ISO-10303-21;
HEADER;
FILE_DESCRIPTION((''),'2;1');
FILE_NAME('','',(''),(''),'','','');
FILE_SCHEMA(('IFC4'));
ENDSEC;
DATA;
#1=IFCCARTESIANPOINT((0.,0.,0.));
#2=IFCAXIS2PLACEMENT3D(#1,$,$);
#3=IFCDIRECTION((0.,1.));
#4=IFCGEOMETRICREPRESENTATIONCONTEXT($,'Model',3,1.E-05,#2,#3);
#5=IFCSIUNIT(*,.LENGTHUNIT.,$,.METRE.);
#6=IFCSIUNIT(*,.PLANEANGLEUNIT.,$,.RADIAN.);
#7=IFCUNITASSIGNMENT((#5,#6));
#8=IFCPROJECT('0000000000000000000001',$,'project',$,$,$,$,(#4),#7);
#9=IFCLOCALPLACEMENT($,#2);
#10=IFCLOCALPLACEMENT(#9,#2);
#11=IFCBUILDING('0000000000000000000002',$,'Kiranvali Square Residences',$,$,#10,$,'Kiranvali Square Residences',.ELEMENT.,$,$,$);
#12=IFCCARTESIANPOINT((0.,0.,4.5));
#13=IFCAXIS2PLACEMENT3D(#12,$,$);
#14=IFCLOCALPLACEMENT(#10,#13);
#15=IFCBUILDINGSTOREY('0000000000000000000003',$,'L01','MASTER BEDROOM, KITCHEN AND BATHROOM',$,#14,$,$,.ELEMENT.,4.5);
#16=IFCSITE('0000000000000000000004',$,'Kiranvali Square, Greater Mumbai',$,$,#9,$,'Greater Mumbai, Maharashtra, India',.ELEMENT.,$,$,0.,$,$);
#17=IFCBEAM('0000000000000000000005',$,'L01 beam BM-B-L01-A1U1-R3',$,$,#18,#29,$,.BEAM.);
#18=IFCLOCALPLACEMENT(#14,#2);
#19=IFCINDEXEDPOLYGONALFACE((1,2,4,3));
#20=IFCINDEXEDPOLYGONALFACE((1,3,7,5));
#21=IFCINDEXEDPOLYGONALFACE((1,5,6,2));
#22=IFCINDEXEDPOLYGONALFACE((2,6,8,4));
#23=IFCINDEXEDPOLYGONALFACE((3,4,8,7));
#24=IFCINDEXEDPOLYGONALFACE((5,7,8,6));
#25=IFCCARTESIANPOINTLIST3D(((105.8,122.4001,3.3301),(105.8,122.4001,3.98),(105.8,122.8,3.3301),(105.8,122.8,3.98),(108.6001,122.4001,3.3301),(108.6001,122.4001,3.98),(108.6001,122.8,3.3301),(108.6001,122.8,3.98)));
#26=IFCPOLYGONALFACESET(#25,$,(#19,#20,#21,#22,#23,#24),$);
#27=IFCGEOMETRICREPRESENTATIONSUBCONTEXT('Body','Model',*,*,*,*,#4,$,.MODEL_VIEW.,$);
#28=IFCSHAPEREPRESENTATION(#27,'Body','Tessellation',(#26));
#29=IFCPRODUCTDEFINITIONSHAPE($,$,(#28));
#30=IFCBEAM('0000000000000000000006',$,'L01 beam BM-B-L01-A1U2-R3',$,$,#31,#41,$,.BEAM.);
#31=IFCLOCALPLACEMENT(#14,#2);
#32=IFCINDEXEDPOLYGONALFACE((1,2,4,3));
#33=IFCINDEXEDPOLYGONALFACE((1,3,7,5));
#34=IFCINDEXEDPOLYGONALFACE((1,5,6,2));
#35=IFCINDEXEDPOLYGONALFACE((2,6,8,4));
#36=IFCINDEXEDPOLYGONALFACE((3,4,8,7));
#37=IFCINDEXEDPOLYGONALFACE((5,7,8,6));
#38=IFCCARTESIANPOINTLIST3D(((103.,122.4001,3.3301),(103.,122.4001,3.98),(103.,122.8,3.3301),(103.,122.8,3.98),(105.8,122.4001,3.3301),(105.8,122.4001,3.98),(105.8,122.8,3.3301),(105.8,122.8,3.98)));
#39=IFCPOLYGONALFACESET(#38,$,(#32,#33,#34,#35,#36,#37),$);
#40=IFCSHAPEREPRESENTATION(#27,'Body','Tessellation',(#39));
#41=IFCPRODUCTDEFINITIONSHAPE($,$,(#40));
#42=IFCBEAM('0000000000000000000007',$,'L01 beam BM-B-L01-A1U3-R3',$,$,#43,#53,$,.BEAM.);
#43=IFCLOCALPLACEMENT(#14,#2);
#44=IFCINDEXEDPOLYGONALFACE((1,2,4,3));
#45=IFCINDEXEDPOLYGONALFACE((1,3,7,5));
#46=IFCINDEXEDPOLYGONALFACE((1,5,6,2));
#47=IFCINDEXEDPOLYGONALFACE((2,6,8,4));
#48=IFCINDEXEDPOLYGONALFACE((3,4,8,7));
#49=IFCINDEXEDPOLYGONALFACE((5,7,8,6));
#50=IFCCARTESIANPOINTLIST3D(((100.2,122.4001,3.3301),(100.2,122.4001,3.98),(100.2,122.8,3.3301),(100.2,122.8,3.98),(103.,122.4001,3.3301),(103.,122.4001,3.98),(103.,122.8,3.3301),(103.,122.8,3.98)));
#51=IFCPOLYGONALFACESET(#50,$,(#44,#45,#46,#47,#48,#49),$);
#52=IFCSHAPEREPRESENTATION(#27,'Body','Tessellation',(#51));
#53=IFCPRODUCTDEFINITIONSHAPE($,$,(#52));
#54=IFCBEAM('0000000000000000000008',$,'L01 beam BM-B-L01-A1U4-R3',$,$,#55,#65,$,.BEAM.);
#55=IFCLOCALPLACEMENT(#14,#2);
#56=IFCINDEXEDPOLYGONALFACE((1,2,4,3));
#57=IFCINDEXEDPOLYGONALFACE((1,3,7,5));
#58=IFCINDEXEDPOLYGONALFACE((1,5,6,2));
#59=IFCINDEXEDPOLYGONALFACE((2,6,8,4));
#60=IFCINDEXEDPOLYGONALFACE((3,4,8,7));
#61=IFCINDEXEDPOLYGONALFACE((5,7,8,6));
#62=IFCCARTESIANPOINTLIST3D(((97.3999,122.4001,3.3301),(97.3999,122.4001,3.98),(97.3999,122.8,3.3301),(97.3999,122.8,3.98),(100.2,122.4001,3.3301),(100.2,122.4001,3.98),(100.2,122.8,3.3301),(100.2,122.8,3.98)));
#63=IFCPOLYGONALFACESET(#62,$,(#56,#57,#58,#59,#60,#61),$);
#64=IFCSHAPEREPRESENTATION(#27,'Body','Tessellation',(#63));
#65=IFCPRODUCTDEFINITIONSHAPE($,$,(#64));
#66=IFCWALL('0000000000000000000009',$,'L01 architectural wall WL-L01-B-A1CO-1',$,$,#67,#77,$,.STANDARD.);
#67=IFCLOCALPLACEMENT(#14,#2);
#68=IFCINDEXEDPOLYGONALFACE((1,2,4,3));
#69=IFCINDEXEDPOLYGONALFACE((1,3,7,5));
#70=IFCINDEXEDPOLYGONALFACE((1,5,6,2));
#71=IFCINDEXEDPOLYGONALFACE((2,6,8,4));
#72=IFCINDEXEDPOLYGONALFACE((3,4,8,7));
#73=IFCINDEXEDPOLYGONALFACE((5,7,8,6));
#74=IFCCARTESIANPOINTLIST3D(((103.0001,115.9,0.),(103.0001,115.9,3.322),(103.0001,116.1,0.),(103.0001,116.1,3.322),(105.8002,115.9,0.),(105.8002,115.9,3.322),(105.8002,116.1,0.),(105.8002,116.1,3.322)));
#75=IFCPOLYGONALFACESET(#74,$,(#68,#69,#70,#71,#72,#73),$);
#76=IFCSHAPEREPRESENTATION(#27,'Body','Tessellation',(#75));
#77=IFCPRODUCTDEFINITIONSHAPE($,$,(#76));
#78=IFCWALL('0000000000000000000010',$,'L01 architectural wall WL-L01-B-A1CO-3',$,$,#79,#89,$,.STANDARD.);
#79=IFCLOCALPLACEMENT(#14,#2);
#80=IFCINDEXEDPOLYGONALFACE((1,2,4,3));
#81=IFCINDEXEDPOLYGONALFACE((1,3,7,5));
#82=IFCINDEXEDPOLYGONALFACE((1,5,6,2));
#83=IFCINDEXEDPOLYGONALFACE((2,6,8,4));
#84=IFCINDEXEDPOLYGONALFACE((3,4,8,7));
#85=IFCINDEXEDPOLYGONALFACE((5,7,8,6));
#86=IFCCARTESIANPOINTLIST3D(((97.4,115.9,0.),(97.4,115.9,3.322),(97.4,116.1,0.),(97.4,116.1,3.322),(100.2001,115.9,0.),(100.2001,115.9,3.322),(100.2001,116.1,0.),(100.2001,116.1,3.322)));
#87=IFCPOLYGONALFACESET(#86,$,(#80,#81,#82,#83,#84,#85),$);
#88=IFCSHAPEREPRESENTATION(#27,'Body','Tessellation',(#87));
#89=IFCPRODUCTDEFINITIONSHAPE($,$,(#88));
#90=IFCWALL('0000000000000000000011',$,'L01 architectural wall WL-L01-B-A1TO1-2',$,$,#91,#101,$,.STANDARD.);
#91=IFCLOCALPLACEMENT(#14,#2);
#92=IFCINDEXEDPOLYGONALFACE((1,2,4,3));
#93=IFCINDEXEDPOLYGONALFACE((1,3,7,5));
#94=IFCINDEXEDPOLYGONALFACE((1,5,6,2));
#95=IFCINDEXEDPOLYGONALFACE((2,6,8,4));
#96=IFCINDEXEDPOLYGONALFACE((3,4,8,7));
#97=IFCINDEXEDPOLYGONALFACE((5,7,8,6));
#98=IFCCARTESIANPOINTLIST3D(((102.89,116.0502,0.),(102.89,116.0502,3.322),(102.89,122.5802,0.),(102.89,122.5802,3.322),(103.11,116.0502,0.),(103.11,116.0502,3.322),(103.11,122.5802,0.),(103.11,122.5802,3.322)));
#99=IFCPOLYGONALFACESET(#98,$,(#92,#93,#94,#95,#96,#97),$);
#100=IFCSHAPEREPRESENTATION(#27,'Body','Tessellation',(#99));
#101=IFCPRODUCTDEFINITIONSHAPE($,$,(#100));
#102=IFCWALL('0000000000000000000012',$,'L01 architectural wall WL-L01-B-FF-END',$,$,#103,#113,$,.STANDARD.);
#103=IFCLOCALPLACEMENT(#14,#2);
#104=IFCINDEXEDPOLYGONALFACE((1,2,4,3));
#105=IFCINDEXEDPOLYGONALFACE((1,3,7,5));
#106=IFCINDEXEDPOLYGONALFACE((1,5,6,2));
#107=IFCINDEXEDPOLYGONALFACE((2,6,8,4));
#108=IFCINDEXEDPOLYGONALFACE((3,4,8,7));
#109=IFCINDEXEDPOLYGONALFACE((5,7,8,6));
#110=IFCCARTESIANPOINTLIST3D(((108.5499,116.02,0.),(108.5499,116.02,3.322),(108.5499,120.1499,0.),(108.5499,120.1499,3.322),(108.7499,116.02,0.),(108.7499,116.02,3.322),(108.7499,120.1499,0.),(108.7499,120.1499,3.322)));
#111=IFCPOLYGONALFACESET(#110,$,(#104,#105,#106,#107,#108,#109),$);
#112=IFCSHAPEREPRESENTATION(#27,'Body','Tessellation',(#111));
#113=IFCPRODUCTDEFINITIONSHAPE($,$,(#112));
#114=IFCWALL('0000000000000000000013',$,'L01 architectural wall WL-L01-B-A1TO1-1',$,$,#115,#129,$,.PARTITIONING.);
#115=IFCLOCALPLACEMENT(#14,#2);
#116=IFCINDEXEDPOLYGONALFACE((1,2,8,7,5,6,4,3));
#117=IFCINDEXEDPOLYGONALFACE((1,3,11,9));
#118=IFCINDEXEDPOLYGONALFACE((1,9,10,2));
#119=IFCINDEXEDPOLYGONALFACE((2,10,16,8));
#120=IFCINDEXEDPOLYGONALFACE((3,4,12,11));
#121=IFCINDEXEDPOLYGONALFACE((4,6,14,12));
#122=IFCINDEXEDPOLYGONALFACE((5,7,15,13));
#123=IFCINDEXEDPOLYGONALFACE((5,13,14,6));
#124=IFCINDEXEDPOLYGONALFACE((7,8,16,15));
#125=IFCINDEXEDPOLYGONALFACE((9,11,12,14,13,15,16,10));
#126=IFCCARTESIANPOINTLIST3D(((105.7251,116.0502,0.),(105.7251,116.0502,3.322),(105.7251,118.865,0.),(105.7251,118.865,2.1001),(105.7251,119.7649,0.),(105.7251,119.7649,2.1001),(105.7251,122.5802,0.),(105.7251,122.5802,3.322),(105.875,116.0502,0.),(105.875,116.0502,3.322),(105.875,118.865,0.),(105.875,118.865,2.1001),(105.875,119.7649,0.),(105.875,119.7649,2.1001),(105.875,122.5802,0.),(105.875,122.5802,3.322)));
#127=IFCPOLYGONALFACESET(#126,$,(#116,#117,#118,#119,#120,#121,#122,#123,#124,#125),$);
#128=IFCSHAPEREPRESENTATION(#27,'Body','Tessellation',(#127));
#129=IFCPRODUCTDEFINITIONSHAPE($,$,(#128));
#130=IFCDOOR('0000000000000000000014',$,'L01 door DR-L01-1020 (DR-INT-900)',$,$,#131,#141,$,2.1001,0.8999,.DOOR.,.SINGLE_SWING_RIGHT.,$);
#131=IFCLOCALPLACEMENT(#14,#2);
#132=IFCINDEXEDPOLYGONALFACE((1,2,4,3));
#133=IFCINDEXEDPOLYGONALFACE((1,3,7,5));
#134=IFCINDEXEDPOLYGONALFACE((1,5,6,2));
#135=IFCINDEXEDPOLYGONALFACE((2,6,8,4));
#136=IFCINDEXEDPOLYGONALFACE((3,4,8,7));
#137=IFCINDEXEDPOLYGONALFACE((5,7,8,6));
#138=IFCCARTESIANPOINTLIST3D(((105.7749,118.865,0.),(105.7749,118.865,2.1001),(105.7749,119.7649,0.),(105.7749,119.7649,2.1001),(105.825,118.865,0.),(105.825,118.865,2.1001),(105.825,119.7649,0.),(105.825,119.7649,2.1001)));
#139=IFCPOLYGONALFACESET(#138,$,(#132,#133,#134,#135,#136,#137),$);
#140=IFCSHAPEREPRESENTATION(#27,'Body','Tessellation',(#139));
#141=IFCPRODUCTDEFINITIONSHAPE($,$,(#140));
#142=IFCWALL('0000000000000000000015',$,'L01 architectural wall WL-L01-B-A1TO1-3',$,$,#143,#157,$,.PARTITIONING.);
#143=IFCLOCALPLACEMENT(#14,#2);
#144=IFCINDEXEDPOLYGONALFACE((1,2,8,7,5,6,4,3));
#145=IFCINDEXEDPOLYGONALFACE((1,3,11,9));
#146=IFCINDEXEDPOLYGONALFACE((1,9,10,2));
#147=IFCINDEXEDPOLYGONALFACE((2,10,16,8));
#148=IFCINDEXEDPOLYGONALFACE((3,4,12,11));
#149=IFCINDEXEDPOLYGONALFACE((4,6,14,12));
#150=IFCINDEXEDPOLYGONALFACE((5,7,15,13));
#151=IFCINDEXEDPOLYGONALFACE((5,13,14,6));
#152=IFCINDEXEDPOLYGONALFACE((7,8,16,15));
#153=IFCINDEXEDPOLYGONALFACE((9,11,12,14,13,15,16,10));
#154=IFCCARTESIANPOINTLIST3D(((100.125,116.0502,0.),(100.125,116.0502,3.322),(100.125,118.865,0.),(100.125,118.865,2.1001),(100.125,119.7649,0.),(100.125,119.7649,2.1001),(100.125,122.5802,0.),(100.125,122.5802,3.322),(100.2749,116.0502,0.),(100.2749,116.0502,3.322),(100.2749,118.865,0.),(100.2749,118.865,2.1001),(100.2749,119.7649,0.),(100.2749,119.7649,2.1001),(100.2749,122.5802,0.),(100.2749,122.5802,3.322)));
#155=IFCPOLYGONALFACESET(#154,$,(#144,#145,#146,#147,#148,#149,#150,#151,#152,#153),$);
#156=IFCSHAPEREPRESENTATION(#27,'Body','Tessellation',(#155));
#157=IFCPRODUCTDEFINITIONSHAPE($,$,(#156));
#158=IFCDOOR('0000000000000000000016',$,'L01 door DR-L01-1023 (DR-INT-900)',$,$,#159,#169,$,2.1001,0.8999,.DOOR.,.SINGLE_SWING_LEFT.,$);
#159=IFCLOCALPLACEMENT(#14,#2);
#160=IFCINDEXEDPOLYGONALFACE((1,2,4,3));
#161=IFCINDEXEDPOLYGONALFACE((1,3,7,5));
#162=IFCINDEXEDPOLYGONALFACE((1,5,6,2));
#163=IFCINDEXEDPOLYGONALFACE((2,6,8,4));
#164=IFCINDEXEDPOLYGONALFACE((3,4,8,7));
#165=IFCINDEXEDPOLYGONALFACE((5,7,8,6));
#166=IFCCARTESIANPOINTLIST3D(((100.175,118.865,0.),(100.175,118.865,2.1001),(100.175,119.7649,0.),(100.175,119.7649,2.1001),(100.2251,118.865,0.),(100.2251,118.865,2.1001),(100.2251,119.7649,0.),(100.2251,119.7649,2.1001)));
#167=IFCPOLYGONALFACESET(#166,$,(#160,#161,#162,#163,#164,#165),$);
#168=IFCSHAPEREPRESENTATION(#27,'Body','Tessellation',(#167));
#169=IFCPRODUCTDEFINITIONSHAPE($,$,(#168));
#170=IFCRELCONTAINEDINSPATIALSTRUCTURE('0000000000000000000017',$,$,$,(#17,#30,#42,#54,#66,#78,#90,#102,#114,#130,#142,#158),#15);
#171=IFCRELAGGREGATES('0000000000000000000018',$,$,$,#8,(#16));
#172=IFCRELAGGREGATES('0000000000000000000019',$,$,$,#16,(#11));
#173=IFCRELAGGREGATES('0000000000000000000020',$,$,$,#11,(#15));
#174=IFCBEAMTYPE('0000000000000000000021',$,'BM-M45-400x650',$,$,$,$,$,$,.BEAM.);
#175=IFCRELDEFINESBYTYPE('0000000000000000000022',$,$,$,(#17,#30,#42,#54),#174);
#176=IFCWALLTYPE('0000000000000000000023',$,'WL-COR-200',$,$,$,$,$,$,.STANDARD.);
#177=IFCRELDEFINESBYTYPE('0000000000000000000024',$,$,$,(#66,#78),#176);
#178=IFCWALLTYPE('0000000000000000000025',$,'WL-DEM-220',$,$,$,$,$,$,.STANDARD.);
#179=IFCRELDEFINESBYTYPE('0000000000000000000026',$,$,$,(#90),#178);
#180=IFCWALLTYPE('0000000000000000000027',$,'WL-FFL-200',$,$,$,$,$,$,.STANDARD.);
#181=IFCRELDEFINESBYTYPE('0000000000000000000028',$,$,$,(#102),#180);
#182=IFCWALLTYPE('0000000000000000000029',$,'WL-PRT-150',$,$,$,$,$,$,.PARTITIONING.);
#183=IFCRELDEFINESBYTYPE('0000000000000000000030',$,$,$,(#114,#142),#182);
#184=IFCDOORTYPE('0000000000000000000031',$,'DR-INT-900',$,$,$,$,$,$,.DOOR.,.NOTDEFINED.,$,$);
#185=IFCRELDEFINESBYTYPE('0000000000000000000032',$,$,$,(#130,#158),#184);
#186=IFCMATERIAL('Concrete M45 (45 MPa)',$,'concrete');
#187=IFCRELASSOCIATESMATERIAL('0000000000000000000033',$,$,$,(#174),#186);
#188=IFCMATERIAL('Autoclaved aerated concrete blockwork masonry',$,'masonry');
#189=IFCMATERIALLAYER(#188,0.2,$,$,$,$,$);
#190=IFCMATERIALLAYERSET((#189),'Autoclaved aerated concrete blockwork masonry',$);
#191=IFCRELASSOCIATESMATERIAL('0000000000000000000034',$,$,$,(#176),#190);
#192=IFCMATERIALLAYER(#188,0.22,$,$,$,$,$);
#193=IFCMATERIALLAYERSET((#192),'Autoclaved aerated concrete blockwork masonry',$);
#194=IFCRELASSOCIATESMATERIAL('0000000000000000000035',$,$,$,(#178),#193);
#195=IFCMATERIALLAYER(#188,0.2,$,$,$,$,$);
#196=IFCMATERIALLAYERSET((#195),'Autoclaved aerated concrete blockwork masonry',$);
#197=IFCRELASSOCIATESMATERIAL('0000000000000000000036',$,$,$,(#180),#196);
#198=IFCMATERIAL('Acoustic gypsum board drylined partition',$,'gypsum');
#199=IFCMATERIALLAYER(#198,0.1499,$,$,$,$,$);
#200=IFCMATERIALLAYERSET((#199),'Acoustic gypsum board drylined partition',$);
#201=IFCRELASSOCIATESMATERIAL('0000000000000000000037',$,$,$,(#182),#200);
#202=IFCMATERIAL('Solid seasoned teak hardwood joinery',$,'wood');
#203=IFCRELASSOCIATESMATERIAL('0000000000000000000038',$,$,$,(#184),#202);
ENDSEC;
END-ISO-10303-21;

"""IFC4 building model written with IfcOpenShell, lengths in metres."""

from ifc_helpers import new_model, si_unit, direction, frame, frame_2d, origin, origin_2d, place, context, subcontext, project, spatial, rectangle, extrude, material, layer, layer_set, material_profile, profile_set, type_object, element, fill, save


model = new_model("IFC4")

# Units and contexts
model_context = context("Model", 3, precision=1e-05, world=origin(), true_north=direction((0.0, 1.0)))
body_context = subcontext(model_context, "Body", "Model", "MODEL_VIEW")
ifc_project = project(units=[si_unit("LENGTHUNIT", "METRE"), si_unit("PLANEANGLEUNIT", "RADIAN")], contexts=[model_context])

# Site, building, storey
site_placement = place(None, origin())
site = spatial("IfcSite", under=ifc_project, at=site_placement, Name="Kiranvali Square, Greater Mumbai", LongName="Greater Mumbai, Maharashtra, India", CompositionType="ELEMENT", RefElevation=0.0)
building_placement = place(site_placement, origin())
building = spatial("IfcBuilding", under=site, at=building_placement, Name="Kiranvali Square Residences", LongName="Kiranvali Square Residences", CompositionType="ELEMENT")
storey_placement = place(building_placement, frame((0.0, 0.0, 4.5)))
storey = spatial("IfcBuildingStorey", under=building, at=storey_placement, Name="L01", Description="MASTER BEDROOM, KITCHEN AND BATHROOM", CompositionType="ELEMENT", Elevation=4.5)

# Shared definitions
ifc_material_1 = material(Name="Concrete M45 (45 MPa)", Category="concrete")

# Beams
ifc_material_profile_1 = material_profile(ifc_material_1, rectangle(XDim=0.3999, YDim=0.6499, at=origin_2d()), Name="RC 400x650")
ifc_profile_set_1 = profile_set([ifc_material_profile_1], Name="Concrete M45 (45 MPa)")
beam_type_1 = type_object("IfcBeamType", Name="BM-M45-400x650", PredefinedType="BEAM", material=ifc_profile_set_1)
for number, where, z_axis, x_axis, name in (
    (1, (108.6001, 122.6001, 3.655), (-1.0, 0.0, 0.0), (0.0, -1.0, 0.0), "L01 beam BM-B-L01-A1U1-R3"),
    (2, (105.8, 122.6001, 3.655), (-1.0, 0.0, 0.0), (0.0, -1.0, 0.0), "L01 beam BM-B-L01-A1U2-R3"),
    (3, (103.0, 122.6001, 3.655), (-1.0, 0.0, 0.0), (0.0, -1.0, 0.0), "L01 beam BM-B-L01-A1U3-R3"),
    (4, (100.2, 122.6001, 3.655), (-1.0, 0.0, 0.0), (0.0, -1.0, 0.0), "L01 beam BM-B-L01-A1U4-R3"),
):
    element("IfcBeam", number, at=place(storey_placement, frame(where, z_axis=z_axis, x_axis=x_axis)), inside=storey, type_object=beam_type_1, Name=name, PredefinedType="BEAM", context=body_context, shape_type="SweptSolid", body=[
        extrude(rectangle(XDim=0.3999, YDim=0.6499, at=origin_2d()), origin(), (0.0, 0.0, 1.0), 2.8),
    ])

# Shared definitions
ifc_material_2 = material(Name="Autoclaved aerated concrete blockwork masonry", Category="masonry")
ifc_layer_1 = layer(ifc_material_2, 0.2)
ifc_layer_set_1 = layer_set([ifc_layer_1], Name="Autoclaved aerated concrete blockwork masonry")
wall_type_1 = type_object("IfcWallType", Name="WL-COR-200", PredefinedType="STANDARD", material=ifc_layer_set_1)

# Wall
wall_1_placement = place(storey_placement, frame((105.8, 116.0, 0.0), z_axis=(0.0, 0.0, 1.0), x_axis=(-1.0, 0.0, 0.0)))
element("IfcWall", 5, at=wall_1_placement, inside=storey, type_object=wall_type_1, Name="L01 architectural wall WL-L01-B-A1CO-1", PredefinedType="STANDARD", context=body_context, shape_type="SweptSolid", body=[
    extrude(rectangle(XDim=2.8, YDim=0.2, at=frame_2d((1.3999, 0.0))), origin(), (0.0, 0.0, 1.0), 3.322),
])

# Walls
wall_2_placement = place(storey_placement, frame((100.2, 116.0, 0.0), z_axis=(0.0, 0.0, 1.0), x_axis=(-1.0, 0.0, 0.0)))
element("IfcWall", 6, at=wall_2_placement, inside=storey, type_object=wall_type_1, Name="L01 architectural wall WL-L01-B-A1CO-3", PredefinedType="STANDARD", context=body_context, shape_type="SweptSolid", body=[
    extrude(rectangle(XDim=2.8, YDim=0.2, at=frame_2d((1.3999, 0.0))), origin(), (0.0, 0.0, 1.0), 3.322),
])
ifc_layer_2 = layer(ifc_material_2, 0.22)
ifc_layer_set_2 = layer_set([ifc_layer_2], Name="Autoclaved aerated concrete blockwork masonry")
wall_type_2 = type_object("IfcWallType", Name="WL-DEM-220", PredefinedType="STANDARD", material=ifc_layer_set_2)
wall_3_placement = place(storey_placement, frame((103.0, 116.05, 0.0), z_axis=(0.0, 0.0, 1.0), x_axis=(0.0, 1.0, 0.0)))
element("IfcWall", 7, at=wall_3_placement, inside=storey, type_object=wall_type_2, Name="L01 architectural wall WL-L01-B-A1TO1-2", PredefinedType="STANDARD", context=body_context, shape_type="SweptSolid", body=[
    extrude(rectangle(XDim=6.53, YDim=0.22, at=frame_2d((3.2651, 0.0))), origin(), (0.0, 0.0, 1.0), 3.322),
])
ifc_layer_3 = layer(ifc_material_2, 0.2)
ifc_layer_set_3 = layer_set([ifc_layer_3], Name="Autoclaved aerated concrete blockwork masonry")
wall_type_3 = type_object("IfcWallType", Name="WL-FFL-200", PredefinedType="STANDARD", material=ifc_layer_set_3)
wall_4_placement = place(storey_placement, frame((108.6499, 116.02, 0.0), z_axis=(0.0, 0.0, 1.0), x_axis=(0.0, 1.0, 0.0)))
element("IfcWall", 8, at=wall_4_placement, inside=storey, type_object=wall_type_3, Name="L01 architectural wall WL-L01-B-FF-END", PredefinedType="STANDARD", context=body_context, shape_type="SweptSolid", body=[
    extrude(rectangle(XDim=4.1299, YDim=0.2, at=frame_2d((2.0649, 0.0))), origin(), (0.0, 0.0, 1.0), 3.322),
])

# Walls, openings, doors
ifc_material_3 = material(Name="Acoustic gypsum board drylined partition", Category="gypsum")
ifc_layer_4 = layer(ifc_material_3, 0.1499)
ifc_layer_set_4 = layer_set([ifc_layer_4], Name="Acoustic gypsum board drylined partition")
wall_type_4 = type_object("IfcWallType", Name="WL-PRT-150", PredefinedType="PARTITIONING", material=ifc_layer_set_4)
wall_5_placement = place(storey_placement, frame((105.8, 116.05, 0.0), z_axis=(0.0, 0.0, 1.0), x_axis=(0.0, 1.0, 0.0)))
wall_5 = element("IfcWall", 9, at=wall_5_placement, inside=storey, type_object=wall_type_4, Name="L01 architectural wall WL-L01-B-A1TO1-1", PredefinedType="PARTITIONING", context=body_context, shape_type="SweptSolid", body=[
    extrude(rectangle(XDim=6.53, YDim=0.1499, at=frame_2d((3.2651, 0.0))), origin(), (0.0, 0.0, 1.0), 3.322),
])
opening_1_placement = place(wall_5_placement, frame((2.8149, 0.0, 0.0)))
opening_1 = element("IfcOpeningElement", 10, at=opening_1_placement, cuts=wall_5, PredefinedType="OPENING", context=body_context, shape_type="SweptSolid", body=[
    extrude(rectangle(XDim=0.8999, YDim=2.1001, at=frame_2d((0.45, 1.05))), frame((0.0, 0.085, 0.0), z_axis=(0.0, -1.0, 0.0), x_axis=(1.0, 0.0, 0.0)), (0.0, 0.0, 1.0), 0.1699),
])
ifc_material_4 = material(Name="Solid seasoned teak hardwood joinery", Category="wood")
door_type_1 = type_object("IfcDoorType", Name="DR-INT-900", OperationType="NOTDEFINED", PredefinedType="DOOR", material=ifc_material_4)
door_1_placement = place(opening_1_placement, frame((0.8999, 0.0, 0.0), z_axis=(0.0, 0.0, 1.0), x_axis=(-1.0, 0.0, 0.0)))
door_1 = element("IfcDoor", 11, at=door_1_placement, inside=storey, type_object=door_type_1, Name="L01 door DR-L01-1020 (DR-INT-900)", OperationType="SINGLE_SWING_RIGHT", OverallHeight=2.1001, OverallWidth=0.8999, PredefinedType="DOOR", context=body_context, shape_type="SweptSolid", body=[
    extrude(rectangle(XDim=0.8999, YDim=2.1001, at=frame_2d((0.45, 1.05))), frame((0.0, 0.0249, 0.0), z_axis=(0.0, -1.0, 0.0), x_axis=(1.0, 0.0, 0.0)), (0.0, 0.0, 1.0), 0.05),
])
fill(opening_1, door_1)
wall_6_placement = place(storey_placement, frame((100.2, 116.05, 0.0), z_axis=(0.0, 0.0, 1.0), x_axis=(0.0, 1.0, 0.0)))
wall_6 = element("IfcWall", 12, at=wall_6_placement, inside=storey, type_object=wall_type_4, Name="L01 architectural wall WL-L01-B-A1TO1-3", PredefinedType="PARTITIONING", context=body_context, shape_type="SweptSolid", body=[
    extrude(rectangle(XDim=6.53, YDim=0.1499, at=frame_2d((3.2651, 0.0))), origin(), (0.0, 0.0, 1.0), 3.322),
])
opening_2_placement = place(wall_6_placement, frame((2.8149, 0.0, 0.0)))
opening_2 = element("IfcOpeningElement", 13, at=opening_2_placement, cuts=wall_6, PredefinedType="OPENING", context=body_context, shape_type="SweptSolid", body=[
    extrude(rectangle(XDim=0.8999, YDim=2.1001, at=frame_2d((0.45, 1.05))), frame((0.0, 0.085, 0.0), z_axis=(0.0, -1.0, 0.0), x_axis=(1.0, 0.0, 0.0)), (0.0, 0.0, 1.0), 0.1699),
])
door_2_placement = place(opening_2_placement, origin())
door_2 = element("IfcDoor", 14, at=door_2_placement, inside=storey, type_object=door_type_1, Name="L01 door DR-L01-1023 (DR-INT-900)", OperationType="SINGLE_SWING_LEFT", OverallHeight=2.1001, OverallWidth=0.8999, PredefinedType="DOOR", context=body_context, shape_type="SweptSolid", body=[
    extrude(rectangle(XDim=0.8999, YDim=2.1001, at=frame_2d((0.45, 1.05))), frame((0.0, 0.0249, 0.0), z_axis=(0.0, -1.0, 0.0), x_axis=(1.0, 0.0, 0.0)), (0.0, 0.0, 1.0), 0.05),
])
fill(opening_2, door_2)

save(model, "model.ifc")
